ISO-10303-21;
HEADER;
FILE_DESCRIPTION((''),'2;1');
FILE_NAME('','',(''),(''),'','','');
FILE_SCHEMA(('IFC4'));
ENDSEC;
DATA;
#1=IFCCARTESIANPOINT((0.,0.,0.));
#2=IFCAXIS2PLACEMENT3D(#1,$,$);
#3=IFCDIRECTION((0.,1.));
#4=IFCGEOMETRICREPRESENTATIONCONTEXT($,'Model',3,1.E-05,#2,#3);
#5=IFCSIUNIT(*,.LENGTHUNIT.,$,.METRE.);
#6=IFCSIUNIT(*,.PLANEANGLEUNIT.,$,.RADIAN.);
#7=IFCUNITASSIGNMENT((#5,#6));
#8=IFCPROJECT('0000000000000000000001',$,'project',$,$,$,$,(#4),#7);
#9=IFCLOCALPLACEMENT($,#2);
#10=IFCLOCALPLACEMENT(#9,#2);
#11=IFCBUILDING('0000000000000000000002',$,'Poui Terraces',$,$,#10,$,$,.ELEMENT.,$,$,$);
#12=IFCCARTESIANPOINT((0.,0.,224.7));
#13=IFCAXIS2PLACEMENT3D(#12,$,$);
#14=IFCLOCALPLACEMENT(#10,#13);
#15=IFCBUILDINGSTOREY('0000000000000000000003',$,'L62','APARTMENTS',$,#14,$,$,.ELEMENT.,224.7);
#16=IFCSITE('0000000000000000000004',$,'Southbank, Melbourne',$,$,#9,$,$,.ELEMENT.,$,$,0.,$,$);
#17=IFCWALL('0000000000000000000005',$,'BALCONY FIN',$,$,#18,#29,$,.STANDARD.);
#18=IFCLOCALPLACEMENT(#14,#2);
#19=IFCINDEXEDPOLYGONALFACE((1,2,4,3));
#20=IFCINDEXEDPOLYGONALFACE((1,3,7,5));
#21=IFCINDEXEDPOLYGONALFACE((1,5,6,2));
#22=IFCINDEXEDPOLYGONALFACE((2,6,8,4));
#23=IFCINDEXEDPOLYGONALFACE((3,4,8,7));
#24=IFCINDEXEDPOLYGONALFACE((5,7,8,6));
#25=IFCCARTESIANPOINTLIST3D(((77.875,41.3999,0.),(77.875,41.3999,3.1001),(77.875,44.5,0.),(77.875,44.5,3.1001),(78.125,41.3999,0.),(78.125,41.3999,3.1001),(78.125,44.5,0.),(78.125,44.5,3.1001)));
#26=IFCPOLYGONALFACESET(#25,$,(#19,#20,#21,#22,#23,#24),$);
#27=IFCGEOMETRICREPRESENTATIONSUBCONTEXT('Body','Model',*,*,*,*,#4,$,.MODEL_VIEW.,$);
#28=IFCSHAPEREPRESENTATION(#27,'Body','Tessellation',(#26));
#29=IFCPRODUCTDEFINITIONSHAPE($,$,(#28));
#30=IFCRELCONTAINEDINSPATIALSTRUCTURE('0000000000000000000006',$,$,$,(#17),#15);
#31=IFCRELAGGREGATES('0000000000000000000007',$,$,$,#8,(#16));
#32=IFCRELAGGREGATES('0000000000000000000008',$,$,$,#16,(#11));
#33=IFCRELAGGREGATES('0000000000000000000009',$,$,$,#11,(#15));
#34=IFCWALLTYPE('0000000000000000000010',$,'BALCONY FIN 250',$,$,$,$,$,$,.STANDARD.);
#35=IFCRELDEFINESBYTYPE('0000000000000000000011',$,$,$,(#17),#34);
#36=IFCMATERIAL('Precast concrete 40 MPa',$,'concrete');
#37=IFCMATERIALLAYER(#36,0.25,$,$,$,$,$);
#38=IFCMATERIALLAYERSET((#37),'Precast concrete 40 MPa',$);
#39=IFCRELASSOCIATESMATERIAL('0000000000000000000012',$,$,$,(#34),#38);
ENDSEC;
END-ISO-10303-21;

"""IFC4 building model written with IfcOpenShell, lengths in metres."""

from ifc_helpers import new_model, si_unit, direction, frame, origin, place, context, subcontext, project, spatial, polyline, outline, extrude, source, transform, mapped, material, layer, layer_set, type_object, element, save


model = new_model("IFC4")

# Units and contexts
model_context = context("Model", 3, precision=1e-05, world=origin(), true_north=direction((0.0, 1.0)))
body_context = subcontext(model_context, "Body", "Model", "MODEL_VIEW")
ifc_project = project(units=[si_unit("LENGTHUNIT", "METRE"), si_unit("PLANEANGLEUNIT", "RADIAN")], contexts=[model_context])

# Site, building, storey
site_placement = place(None, origin())
site = spatial("IfcSite", under=ifc_project, at=site_placement, Name="Southbank, Melbourne", CompositionType="ELEMENT", RefElevation=0.0)
building_placement = place(site_placement, origin())
building = spatial("IfcBuilding", under=site, at=building_placement, Name="Poui Terraces", CompositionType="ELEMENT")
storey_placement = place(building_placement, frame((0.0, 0.0, 224.7)))
storey = spatial("IfcBuildingStorey", under=building, at=storey_placement, Name="L62", Description="APARTMENTS", CompositionType="ELEMENT", Elevation=224.7)

# Shared definitions
ifc_material_1 = material(Name="Precast concrete 40 MPa", Category="concrete")

# Wall
ifc_layer_1 = layer(ifc_material_1, 0.25)
ifc_layer_set_1 = layer_set([ifc_layer_1], Name="Precast concrete 40 MPa")
wall_type_1 = type_object("IfcWallType", Name="BALCONY FIN 250", PredefinedType="STANDARD", material=ifc_layer_set_1)
shared_shape_1 = source(origin(), body_context, "Body", "SweptSolid", [
    extrude(outline(polyline([(0.0, 0.0), (0.25, 0.0), (0.25, 3.1001), (0.0, 3.1001), (0.0, 0.0)])), origin(), (0.0, 0.0, 1.0), 3.1001),
])
wall_1_placement = place(storey_placement, frame((77.875, 41.3999, 0.0)))
element("IfcWall", 1, at=wall_1_placement, inside=storey, type_object=wall_type_1, Name="BALCONY FIN", PredefinedType="STANDARD", context=body_context, shape_type="MappedRepresentation", body=[
    mapped(shared_shape_1, transform((0.0, 0.0, 0.0))),
])

save(model, "model.ifc")
